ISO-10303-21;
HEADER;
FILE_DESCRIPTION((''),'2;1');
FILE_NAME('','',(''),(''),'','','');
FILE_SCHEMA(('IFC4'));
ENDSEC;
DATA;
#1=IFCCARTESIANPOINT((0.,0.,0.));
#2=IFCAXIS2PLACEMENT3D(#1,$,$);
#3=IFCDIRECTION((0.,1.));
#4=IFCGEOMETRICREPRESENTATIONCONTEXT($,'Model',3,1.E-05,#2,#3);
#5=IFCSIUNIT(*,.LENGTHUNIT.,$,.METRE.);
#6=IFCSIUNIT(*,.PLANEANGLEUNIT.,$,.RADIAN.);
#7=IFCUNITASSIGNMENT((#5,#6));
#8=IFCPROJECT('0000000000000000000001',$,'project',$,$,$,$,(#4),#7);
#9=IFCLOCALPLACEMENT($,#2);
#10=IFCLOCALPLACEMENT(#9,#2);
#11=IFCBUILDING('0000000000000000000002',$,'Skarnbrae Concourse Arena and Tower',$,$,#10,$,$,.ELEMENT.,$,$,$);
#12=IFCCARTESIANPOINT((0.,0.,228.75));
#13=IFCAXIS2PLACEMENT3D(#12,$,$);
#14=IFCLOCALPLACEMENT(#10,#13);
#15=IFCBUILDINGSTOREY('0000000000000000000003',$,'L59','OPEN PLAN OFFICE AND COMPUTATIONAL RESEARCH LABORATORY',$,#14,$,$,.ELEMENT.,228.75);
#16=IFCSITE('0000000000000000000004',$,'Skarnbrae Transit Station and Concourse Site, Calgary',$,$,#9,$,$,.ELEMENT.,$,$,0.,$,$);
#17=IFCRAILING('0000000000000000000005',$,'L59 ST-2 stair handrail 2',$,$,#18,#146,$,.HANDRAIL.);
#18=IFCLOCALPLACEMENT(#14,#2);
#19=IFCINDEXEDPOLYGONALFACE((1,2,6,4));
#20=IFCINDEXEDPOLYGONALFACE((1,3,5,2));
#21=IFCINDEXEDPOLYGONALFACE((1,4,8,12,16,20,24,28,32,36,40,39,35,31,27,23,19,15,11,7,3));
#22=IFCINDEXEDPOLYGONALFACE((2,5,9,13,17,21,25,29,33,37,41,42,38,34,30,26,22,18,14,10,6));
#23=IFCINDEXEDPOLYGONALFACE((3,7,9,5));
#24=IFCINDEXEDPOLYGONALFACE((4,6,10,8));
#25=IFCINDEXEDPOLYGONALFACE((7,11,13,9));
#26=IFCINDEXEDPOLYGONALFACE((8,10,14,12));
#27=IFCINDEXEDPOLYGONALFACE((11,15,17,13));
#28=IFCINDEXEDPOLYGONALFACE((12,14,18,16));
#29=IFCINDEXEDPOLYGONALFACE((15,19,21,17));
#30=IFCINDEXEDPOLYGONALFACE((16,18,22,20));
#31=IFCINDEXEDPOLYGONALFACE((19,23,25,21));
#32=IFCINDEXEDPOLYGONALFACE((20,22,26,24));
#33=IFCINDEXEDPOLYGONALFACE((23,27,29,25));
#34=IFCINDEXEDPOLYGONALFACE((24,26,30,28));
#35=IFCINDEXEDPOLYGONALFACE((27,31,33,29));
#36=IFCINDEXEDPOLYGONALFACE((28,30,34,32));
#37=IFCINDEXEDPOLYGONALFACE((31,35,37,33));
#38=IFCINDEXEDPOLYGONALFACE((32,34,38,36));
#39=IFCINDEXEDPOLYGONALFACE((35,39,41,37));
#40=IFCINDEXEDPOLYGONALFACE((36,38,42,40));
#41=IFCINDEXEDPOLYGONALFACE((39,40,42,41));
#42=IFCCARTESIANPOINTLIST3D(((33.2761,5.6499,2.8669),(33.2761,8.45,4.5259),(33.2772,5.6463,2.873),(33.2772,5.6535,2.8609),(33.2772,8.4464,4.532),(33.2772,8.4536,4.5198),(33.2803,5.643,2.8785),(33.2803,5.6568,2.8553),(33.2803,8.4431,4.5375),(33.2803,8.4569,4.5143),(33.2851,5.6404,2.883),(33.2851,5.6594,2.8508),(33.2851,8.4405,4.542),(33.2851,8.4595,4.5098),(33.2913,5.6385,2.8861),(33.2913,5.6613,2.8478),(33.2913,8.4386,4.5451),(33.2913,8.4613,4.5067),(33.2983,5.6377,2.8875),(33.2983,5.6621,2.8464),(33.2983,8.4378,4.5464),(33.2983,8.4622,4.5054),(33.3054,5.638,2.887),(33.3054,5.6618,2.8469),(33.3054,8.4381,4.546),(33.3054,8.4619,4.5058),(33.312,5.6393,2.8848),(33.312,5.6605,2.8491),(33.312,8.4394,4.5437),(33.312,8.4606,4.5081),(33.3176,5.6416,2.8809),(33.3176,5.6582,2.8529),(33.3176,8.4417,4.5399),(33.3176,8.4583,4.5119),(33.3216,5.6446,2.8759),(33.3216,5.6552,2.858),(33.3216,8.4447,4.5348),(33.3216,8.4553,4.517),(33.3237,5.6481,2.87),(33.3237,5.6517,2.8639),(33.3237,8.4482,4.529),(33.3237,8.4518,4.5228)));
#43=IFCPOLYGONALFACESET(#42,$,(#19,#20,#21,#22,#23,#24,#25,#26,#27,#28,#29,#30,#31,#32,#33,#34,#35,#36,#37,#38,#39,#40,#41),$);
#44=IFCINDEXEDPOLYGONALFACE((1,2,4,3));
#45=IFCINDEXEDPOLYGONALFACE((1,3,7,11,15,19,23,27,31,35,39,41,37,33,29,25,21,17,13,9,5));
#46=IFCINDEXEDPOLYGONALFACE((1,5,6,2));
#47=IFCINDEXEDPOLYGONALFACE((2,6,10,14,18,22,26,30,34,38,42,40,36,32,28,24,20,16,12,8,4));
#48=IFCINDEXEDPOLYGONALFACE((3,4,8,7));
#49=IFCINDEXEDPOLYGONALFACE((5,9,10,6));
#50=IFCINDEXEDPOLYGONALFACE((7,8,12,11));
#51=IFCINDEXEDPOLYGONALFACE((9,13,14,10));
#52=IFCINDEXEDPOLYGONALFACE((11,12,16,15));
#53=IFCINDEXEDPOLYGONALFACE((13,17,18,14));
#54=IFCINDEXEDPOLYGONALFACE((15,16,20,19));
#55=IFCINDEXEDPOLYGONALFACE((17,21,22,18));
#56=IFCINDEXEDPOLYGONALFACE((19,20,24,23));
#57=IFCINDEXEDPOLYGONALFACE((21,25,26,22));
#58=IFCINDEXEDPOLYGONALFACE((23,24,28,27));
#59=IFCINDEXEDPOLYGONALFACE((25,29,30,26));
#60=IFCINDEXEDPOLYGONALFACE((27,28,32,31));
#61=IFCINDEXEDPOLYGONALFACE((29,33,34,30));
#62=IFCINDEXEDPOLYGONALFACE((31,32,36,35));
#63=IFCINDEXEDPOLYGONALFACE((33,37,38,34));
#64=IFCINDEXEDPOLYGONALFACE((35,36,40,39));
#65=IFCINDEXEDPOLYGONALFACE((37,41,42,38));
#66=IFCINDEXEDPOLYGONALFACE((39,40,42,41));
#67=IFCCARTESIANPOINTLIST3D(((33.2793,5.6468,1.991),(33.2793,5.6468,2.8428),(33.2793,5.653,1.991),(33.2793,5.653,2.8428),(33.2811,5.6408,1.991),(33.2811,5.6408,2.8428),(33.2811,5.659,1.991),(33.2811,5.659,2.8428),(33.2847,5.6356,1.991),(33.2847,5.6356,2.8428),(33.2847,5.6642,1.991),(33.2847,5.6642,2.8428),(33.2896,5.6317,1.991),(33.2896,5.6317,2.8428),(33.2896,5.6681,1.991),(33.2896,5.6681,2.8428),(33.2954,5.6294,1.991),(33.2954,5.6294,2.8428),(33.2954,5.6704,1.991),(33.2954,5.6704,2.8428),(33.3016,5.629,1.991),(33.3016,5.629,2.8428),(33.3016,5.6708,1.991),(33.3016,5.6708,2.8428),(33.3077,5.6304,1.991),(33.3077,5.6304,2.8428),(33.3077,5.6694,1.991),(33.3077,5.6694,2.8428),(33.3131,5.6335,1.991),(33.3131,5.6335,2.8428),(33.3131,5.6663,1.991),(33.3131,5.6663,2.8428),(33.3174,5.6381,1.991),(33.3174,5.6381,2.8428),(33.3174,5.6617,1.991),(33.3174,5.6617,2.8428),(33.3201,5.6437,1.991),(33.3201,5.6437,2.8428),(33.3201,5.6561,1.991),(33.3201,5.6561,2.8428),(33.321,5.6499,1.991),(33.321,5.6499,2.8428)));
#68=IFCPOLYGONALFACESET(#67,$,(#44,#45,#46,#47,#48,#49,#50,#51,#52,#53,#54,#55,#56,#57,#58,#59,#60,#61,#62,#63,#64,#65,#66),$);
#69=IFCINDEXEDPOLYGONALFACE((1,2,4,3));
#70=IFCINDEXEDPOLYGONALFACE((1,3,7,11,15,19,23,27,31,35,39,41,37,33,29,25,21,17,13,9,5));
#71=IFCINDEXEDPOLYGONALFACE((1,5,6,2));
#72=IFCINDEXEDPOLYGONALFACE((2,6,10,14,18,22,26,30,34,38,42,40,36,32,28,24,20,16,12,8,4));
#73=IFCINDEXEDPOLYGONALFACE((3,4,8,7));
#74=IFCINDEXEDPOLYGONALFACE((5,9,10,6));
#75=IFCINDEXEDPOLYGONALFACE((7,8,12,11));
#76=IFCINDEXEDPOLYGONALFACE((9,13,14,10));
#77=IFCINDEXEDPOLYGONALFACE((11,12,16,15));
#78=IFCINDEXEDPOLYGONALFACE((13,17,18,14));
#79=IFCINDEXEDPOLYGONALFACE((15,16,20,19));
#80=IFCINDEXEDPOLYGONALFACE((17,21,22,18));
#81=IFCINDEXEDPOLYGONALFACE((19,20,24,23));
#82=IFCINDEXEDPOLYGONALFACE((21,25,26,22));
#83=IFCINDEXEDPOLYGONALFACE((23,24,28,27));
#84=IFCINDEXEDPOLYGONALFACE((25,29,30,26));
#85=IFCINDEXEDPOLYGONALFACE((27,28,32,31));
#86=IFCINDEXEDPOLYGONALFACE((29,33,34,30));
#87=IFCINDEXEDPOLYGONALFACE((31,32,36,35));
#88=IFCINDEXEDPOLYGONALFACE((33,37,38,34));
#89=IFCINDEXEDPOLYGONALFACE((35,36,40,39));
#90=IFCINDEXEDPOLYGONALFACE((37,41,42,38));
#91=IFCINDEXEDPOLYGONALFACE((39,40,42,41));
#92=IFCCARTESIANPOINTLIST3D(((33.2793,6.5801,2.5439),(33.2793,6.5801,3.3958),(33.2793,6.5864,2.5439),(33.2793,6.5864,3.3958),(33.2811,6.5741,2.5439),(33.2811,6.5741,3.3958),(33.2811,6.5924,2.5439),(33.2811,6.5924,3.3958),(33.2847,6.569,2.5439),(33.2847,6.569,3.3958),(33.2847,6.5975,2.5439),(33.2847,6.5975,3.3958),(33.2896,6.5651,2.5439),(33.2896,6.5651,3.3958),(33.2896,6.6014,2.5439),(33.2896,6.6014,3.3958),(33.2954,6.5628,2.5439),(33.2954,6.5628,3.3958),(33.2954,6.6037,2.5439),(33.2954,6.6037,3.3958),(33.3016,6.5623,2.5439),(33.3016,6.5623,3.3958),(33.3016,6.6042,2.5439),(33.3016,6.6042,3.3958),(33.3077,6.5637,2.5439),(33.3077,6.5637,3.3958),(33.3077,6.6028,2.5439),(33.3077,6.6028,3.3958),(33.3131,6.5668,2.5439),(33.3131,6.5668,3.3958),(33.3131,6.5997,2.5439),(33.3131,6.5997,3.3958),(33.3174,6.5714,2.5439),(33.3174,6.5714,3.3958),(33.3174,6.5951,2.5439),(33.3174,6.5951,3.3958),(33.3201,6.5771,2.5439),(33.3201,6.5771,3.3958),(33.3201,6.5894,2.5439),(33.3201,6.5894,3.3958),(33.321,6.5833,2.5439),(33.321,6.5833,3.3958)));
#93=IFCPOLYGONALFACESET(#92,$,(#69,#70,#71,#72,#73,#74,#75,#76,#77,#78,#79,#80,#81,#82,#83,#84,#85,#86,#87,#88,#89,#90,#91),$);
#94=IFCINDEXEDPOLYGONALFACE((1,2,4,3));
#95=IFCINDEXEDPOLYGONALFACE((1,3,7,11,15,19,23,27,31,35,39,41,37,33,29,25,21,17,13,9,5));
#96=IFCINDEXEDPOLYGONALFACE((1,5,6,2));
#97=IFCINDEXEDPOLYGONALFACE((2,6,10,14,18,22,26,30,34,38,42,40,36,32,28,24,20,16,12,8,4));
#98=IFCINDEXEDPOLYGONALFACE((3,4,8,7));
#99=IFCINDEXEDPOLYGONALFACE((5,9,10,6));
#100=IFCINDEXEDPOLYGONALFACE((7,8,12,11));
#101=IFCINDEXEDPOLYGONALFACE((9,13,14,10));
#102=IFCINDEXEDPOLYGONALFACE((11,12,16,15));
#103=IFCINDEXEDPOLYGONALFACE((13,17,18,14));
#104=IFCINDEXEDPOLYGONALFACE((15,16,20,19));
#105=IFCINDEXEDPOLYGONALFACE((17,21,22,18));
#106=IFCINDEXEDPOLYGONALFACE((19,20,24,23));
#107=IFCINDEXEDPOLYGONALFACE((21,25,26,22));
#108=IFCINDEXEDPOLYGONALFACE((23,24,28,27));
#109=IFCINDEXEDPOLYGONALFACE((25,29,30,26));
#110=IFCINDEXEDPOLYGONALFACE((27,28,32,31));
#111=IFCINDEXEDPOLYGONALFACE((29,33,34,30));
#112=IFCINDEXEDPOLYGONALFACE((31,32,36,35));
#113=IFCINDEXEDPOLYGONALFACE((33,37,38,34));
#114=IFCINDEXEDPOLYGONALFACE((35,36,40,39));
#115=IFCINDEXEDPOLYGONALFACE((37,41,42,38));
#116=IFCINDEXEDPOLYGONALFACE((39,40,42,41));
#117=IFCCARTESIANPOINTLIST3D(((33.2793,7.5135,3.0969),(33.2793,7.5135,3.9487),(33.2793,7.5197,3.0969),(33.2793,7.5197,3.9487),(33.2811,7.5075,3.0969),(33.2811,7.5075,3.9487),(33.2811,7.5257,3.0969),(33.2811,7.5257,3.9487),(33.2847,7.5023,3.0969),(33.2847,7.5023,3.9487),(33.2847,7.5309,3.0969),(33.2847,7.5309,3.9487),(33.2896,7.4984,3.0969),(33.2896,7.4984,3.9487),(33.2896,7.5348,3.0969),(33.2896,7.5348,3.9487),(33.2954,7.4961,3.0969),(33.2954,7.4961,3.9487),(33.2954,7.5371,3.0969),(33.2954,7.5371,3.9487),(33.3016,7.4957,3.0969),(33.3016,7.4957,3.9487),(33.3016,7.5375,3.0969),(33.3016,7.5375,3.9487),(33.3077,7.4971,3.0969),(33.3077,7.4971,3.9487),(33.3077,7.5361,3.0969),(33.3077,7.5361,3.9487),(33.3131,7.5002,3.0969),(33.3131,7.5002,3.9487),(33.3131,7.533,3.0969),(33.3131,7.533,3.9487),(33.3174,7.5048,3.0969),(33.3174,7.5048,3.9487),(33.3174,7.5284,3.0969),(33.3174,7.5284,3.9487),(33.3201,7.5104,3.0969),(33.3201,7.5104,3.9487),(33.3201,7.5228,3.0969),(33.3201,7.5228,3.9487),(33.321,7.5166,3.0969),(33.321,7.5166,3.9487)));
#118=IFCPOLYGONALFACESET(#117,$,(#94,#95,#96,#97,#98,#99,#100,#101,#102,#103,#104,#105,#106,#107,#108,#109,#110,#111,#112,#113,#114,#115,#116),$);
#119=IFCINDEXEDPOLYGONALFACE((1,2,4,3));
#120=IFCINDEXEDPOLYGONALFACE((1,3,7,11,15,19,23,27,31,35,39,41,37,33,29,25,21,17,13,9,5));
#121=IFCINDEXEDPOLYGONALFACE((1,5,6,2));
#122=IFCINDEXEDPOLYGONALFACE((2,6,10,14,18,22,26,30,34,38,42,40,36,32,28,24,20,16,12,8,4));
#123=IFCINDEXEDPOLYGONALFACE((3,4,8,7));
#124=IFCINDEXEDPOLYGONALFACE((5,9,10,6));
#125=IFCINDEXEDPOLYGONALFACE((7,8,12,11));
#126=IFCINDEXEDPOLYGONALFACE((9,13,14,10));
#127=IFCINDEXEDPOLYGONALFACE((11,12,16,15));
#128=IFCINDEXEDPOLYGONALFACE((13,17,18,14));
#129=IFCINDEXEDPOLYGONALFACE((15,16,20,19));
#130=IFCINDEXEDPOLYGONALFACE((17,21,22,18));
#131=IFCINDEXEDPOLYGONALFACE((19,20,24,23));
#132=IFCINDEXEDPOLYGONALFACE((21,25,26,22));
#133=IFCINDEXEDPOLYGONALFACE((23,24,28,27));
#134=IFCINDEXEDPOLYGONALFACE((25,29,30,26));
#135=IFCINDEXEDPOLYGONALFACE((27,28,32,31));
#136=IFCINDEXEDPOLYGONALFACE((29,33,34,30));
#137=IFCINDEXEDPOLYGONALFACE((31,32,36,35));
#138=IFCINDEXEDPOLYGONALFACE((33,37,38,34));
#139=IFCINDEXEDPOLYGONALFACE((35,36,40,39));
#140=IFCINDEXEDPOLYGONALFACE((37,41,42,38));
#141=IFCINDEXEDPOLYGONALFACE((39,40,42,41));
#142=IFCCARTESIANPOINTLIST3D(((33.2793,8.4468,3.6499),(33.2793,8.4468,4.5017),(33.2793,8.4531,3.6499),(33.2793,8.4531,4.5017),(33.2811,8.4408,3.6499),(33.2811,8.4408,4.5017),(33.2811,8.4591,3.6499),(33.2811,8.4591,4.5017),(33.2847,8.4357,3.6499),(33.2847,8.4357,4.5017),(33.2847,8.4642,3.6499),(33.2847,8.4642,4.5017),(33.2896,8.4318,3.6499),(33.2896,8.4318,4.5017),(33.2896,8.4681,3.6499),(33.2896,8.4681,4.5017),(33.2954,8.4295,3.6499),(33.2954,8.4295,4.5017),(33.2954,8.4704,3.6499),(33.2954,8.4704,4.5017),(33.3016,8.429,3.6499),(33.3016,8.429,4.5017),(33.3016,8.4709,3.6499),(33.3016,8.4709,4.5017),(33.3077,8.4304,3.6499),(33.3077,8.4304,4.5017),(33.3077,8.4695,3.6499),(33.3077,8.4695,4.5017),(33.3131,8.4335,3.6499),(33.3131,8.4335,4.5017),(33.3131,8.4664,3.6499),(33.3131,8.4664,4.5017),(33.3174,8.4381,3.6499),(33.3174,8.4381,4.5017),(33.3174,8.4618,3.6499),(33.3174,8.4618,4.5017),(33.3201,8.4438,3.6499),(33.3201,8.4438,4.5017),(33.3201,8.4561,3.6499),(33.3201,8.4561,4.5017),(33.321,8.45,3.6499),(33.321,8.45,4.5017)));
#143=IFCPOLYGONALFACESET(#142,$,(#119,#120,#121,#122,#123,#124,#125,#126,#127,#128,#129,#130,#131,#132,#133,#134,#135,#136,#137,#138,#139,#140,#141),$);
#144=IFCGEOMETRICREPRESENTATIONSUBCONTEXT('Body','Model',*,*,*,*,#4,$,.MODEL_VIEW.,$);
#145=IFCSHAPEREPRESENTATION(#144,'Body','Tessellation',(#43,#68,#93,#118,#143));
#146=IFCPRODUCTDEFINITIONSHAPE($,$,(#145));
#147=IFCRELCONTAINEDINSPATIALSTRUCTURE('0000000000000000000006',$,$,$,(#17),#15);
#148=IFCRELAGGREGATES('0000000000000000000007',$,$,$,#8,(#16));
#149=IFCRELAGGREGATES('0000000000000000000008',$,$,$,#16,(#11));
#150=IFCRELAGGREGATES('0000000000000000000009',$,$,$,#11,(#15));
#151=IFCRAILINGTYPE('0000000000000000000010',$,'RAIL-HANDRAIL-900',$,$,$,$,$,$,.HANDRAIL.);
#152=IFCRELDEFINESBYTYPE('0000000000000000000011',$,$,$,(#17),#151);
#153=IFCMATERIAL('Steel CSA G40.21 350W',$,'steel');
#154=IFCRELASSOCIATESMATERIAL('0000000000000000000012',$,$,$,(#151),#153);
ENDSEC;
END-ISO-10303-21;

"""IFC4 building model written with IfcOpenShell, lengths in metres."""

from ifc_helpers import new_model, si_unit, direction, frame, origin, origin_2d, place, context, subcontext, project, spatial, circle, extrude, material, type_object, element, save


model = new_model("IFC4")

# Units and contexts
model_context = context("Model", 3, precision=1e-05, world=origin(), true_north=direction((0.0, 1.0)))
body_context = subcontext(model_context, "Body", "Model", "MODEL_VIEW")
ifc_project = project(units=[si_unit("LENGTHUNIT", "METRE"), si_unit("PLANEANGLEUNIT", "RADIAN")], contexts=[model_context])

# Site, building, storey
site_placement = place(None, origin())
site = spatial("IfcSite", under=ifc_project, at=site_placement, Name="Skarnbrae Transit Station and Concourse Site, Calgary", CompositionType="ELEMENT", RefElevation=0.0)
building_placement = place(site_placement, origin())
building = spatial("IfcBuilding", under=site, at=building_placement, Name="Skarnbrae Concourse Arena and Tower", CompositionType="ELEMENT")
storey_placement = place(building_placement, frame((0.0, 0.0, 228.75)))
storey = spatial("IfcBuildingStorey", under=building, at=storey_placement, Name="L59", Description="OPEN PLAN OFFICE AND COMPUTATIONAL RESEARCH LABORATORY", CompositionType="ELEMENT", Elevation=228.75)

# Shared definitions
ifc_material_1 = material(Name="Steel CSA G40.21 350W", Category="steel")

# Railing
railing_type_1 = type_object("IfcRailingType", Name="RAIL-HANDRAIL-900", PredefinedType="HANDRAIL", material=ifc_material_1)
railing_1_placement = place(storey_placement, frame((33.3, 5.6499, 1.991)))
element("IfcRailing", 1, at=railing_1_placement, inside=storey, type_object=railing_type_1, Name="L59 ST-2 stair handrail 2", PredefinedType="HANDRAIL", context=body_context, shape_type="SweptSolid", body=[
    extrude(circle(Radius=0.0239, at=origin_2d()), frame((0.0, 0.0, 0.876), z_axis=(0.0, 0.860339, 0.509722), x_axis=(-1.0, 0.0, 0.0)), (0.0, 0.0, 1.0), 3.2546),
    extrude(circle(Radius=0.021, at=origin_2d()), origin(), (0.0, 0.0, 1.0), 0.8518),
    extrude(circle(Radius=0.021, at=origin_2d()), frame((0.0, 0.9333, 0.553)), (0.0, 0.0, 1.0), 0.8518),
    extrude(circle(Radius=0.021, at=origin_2d()), frame((0.0, 1.8667, 1.106)), (0.0, 0.0, 1.0), 0.8518),
    extrude(circle(Radius=0.021, at=origin_2d()), frame((0.0, 2.8, 1.6589)), (0.0, 0.0, 1.0), 0.8518),
])

save(model, "model.ifc")
